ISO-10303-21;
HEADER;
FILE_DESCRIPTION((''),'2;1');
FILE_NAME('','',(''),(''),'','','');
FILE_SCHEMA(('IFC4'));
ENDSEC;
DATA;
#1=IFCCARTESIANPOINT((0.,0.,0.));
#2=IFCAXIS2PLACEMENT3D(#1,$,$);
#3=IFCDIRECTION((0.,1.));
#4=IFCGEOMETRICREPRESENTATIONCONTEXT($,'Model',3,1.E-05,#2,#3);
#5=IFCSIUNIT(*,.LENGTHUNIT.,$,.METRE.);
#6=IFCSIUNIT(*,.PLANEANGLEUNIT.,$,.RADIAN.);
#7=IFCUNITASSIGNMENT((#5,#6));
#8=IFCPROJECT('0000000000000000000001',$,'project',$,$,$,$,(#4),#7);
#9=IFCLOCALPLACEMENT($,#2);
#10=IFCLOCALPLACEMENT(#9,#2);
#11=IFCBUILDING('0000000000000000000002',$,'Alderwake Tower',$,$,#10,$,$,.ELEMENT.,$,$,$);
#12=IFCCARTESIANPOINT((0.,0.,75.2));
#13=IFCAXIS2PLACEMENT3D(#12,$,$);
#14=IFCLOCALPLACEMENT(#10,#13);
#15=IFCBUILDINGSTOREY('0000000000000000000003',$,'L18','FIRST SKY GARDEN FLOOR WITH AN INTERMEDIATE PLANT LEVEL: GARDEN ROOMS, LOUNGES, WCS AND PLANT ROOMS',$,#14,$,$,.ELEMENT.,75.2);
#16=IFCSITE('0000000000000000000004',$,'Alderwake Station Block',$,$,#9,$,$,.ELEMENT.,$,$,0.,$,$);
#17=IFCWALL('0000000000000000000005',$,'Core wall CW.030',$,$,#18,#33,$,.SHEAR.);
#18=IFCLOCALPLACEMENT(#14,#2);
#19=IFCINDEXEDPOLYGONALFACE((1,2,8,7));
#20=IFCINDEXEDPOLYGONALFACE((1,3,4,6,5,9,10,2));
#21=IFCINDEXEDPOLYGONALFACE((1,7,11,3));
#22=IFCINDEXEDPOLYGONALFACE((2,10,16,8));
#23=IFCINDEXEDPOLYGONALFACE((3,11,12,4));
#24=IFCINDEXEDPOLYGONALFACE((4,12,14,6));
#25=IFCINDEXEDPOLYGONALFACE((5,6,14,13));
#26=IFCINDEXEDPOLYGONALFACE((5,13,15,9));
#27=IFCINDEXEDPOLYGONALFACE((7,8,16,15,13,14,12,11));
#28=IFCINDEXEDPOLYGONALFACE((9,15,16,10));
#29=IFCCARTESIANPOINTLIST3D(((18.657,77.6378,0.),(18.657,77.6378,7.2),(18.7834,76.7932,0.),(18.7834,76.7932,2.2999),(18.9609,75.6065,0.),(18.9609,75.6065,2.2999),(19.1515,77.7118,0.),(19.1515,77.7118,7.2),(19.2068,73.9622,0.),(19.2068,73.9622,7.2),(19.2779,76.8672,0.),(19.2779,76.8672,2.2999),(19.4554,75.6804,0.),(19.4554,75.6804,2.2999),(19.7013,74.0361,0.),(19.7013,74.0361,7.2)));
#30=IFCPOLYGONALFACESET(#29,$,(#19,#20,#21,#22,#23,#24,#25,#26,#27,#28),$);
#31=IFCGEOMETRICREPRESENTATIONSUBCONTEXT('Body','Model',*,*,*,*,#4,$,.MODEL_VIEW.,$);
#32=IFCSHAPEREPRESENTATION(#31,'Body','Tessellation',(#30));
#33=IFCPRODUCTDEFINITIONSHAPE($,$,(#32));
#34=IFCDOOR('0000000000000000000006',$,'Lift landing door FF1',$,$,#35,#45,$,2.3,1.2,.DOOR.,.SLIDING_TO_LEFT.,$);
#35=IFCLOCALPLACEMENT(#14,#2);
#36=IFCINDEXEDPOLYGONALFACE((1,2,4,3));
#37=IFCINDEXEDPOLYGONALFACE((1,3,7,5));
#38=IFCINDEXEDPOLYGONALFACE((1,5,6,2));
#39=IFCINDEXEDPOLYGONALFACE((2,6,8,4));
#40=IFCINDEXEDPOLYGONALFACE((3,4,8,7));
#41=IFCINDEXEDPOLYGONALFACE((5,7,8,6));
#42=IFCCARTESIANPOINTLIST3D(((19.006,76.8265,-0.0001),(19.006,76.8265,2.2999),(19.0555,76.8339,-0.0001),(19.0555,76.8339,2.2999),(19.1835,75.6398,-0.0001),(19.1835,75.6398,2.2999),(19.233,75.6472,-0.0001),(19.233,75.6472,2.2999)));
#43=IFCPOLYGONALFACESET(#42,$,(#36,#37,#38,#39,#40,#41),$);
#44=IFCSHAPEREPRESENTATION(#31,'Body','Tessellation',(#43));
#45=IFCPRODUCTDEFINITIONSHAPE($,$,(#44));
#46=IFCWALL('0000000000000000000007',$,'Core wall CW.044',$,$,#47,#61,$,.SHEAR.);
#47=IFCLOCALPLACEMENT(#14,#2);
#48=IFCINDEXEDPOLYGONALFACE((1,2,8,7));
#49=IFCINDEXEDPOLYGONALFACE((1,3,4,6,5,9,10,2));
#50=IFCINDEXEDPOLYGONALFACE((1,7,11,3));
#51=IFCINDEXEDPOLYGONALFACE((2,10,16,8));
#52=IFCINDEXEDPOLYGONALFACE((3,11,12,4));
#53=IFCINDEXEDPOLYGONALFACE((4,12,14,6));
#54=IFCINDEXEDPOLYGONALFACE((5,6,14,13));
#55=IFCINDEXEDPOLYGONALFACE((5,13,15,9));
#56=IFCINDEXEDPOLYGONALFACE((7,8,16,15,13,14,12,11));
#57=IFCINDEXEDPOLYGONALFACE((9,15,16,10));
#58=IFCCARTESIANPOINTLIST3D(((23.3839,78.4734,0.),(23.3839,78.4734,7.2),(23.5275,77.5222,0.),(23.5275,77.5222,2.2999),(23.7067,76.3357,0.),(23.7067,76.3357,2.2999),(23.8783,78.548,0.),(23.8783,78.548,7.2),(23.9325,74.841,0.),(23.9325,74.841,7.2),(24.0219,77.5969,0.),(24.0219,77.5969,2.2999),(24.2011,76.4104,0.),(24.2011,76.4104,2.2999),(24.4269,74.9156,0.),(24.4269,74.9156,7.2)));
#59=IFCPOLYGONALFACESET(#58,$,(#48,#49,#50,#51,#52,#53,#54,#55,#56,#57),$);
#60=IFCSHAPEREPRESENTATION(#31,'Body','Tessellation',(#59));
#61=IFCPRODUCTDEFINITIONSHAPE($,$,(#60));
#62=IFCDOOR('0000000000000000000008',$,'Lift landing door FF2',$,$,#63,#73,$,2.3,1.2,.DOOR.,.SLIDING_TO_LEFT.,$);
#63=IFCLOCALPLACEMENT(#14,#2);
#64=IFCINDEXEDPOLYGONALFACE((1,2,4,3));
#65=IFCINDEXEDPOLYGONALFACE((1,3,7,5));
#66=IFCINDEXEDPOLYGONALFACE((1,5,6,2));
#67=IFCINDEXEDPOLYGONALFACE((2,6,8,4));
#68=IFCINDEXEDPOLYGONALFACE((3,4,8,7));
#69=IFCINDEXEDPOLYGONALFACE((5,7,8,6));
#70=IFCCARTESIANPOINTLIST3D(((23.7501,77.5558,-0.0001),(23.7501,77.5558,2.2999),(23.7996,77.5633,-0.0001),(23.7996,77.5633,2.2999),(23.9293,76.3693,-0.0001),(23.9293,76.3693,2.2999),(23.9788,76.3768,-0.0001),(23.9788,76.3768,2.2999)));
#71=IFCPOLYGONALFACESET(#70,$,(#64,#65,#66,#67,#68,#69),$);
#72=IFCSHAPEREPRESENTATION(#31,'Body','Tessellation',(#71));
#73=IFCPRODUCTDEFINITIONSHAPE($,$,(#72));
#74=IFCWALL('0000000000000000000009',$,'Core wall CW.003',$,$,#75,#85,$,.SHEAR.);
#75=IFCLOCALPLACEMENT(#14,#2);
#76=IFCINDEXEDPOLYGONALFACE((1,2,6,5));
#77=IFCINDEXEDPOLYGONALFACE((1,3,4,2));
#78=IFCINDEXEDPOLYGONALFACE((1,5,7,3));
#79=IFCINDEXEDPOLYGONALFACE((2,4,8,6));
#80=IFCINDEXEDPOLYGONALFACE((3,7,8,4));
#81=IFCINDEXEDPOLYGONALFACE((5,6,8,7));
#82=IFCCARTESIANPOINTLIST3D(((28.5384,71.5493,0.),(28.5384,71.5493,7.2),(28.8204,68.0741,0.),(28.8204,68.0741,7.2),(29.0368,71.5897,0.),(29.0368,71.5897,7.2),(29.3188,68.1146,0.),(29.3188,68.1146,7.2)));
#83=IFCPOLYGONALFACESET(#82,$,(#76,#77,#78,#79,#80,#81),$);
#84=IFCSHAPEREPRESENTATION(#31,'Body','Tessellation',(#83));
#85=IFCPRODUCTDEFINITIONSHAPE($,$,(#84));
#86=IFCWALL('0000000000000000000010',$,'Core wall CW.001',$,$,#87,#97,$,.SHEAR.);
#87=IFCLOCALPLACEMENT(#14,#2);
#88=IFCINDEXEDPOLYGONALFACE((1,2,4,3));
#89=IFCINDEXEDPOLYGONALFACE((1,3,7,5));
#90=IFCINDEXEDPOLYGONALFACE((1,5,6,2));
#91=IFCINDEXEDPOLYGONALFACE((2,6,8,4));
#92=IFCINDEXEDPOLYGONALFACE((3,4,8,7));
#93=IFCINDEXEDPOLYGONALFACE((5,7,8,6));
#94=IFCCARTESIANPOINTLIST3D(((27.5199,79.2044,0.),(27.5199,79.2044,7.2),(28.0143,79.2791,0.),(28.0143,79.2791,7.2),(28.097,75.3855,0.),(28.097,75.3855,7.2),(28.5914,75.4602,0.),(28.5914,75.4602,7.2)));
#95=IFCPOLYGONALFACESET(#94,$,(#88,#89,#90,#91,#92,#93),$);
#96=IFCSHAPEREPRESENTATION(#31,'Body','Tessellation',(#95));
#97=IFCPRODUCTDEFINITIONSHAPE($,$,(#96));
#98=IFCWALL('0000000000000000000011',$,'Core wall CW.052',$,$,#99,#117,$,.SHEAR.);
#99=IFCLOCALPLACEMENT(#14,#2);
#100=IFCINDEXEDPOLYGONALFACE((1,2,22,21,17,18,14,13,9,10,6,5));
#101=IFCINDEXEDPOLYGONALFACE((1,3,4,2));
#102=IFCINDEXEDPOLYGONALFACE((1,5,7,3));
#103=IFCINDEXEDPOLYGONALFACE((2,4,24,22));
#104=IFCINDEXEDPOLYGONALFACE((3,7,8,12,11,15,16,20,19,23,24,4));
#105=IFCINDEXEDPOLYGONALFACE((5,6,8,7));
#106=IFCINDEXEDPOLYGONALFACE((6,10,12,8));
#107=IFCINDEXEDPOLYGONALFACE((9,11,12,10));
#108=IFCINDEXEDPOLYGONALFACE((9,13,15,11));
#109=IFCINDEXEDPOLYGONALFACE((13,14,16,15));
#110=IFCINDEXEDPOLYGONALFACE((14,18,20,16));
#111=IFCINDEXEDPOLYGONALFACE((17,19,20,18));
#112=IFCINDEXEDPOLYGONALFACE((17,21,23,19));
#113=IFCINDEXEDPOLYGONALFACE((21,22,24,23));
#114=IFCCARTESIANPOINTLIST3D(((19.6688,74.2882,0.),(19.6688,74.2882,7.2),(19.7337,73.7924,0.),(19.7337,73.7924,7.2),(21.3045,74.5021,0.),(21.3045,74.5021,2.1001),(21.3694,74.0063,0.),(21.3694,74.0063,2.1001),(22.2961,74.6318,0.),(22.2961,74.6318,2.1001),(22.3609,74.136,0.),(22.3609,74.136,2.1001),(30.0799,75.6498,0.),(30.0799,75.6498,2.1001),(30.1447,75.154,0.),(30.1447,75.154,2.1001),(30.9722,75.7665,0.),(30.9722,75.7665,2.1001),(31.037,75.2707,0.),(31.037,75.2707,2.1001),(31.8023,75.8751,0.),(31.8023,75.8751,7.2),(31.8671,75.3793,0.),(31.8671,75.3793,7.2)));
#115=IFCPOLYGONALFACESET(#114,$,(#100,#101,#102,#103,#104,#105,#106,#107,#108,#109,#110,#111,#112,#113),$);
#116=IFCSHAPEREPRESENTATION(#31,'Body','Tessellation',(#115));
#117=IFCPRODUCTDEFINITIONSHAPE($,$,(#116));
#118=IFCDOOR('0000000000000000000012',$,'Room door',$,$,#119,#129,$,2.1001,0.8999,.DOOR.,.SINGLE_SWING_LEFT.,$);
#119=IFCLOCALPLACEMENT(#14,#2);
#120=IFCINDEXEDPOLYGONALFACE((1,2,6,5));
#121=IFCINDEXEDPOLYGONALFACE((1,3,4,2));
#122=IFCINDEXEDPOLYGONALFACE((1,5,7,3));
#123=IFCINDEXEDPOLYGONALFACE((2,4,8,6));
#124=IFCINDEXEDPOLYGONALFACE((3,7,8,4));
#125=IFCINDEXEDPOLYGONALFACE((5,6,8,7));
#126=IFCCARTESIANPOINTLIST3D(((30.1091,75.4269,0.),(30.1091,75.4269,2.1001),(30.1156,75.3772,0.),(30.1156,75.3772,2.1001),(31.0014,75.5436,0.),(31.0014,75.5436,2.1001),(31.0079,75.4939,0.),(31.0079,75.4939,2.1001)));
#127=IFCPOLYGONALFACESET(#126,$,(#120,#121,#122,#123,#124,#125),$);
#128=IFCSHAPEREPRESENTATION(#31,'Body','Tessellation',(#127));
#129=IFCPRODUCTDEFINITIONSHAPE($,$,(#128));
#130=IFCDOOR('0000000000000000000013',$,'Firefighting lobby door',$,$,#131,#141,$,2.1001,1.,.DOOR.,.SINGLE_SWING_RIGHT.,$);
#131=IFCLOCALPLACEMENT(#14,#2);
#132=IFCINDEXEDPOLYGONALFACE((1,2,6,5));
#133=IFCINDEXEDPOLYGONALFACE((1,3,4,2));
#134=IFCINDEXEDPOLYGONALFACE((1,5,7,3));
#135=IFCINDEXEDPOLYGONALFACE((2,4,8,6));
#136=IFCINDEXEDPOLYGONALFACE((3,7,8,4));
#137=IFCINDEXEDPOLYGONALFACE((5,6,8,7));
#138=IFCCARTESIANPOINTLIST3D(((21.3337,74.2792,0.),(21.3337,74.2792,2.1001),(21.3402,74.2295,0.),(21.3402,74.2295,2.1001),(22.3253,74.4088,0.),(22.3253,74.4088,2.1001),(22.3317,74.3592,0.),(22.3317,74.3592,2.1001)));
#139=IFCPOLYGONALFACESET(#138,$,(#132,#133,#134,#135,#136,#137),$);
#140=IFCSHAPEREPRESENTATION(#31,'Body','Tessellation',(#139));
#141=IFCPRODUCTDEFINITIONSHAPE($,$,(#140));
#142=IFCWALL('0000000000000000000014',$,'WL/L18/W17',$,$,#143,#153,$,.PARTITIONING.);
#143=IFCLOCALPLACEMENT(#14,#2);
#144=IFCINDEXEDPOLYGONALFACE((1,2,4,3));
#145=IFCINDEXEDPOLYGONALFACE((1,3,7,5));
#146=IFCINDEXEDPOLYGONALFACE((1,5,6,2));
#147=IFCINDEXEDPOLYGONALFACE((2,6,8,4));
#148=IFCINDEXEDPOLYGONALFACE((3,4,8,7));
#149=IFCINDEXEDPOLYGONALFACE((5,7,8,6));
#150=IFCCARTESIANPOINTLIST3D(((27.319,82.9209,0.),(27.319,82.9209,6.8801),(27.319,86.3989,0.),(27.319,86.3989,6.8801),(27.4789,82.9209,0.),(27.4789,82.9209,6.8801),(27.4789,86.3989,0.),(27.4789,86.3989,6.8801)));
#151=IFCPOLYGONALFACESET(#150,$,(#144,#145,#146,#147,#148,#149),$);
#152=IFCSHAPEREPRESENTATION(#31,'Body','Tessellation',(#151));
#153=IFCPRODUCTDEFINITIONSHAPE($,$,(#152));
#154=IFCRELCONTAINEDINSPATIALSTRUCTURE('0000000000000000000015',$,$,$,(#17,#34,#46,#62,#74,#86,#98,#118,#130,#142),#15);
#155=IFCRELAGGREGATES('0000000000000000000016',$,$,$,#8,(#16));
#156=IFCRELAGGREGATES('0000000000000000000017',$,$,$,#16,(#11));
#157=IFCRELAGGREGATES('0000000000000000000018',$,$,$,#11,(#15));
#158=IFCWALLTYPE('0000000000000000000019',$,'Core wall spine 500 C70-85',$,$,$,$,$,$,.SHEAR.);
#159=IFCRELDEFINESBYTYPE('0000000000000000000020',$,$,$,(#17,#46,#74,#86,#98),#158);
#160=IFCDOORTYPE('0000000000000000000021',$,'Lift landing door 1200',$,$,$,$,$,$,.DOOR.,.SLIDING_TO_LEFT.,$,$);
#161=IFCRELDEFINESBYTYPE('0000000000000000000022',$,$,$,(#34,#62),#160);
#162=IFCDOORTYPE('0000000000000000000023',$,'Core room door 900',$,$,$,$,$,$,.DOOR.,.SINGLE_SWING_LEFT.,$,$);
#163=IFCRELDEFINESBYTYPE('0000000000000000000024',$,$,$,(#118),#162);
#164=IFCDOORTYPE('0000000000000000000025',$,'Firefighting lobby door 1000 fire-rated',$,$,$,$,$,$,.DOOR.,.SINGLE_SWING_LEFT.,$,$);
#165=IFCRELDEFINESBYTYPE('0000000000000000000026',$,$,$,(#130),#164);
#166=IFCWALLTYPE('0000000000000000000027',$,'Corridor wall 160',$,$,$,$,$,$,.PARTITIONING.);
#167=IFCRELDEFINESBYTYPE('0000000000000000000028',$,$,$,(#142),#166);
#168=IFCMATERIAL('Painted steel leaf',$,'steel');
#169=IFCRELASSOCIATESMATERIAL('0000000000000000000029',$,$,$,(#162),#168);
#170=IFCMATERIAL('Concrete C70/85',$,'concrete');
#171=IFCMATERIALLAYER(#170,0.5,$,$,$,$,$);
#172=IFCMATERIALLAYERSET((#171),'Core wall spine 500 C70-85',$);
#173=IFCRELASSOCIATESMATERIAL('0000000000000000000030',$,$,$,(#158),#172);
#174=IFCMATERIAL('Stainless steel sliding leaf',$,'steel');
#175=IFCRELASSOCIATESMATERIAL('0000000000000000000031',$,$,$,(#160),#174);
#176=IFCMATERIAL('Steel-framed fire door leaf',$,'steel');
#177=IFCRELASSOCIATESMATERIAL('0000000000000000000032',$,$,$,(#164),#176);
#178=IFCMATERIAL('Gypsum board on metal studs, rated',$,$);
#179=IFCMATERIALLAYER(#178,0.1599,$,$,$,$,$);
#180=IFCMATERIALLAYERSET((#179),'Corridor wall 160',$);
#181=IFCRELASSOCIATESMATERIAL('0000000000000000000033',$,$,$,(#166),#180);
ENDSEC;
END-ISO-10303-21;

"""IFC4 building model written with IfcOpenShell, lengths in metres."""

from ifc_helpers import new_model, si_unit, direction, frame, frame_2d, origin, place, context, subcontext, project, spatial, rectangle, extrude, material, layer, layer_set, type_object, element, fill, save


model = new_model("IFC4")

# Units and contexts
model_context = context("Model", 3, precision=1e-05, world=origin(), true_north=direction((0.0, 1.0)))
body_context = subcontext(model_context, "Body", "Model", "MODEL_VIEW")
ifc_project = project(units=[si_unit("LENGTHUNIT", "METRE"), si_unit("PLANEANGLEUNIT", "RADIAN")], contexts=[model_context])

# Site, building, storey
site_placement = place(None, origin())
site = spatial("IfcSite", under=ifc_project, at=site_placement, Name="Alderwake Station Block", CompositionType="ELEMENT", RefElevation=0.0)
building_placement = place(site_placement, origin())
building = spatial("IfcBuilding", under=site, at=building_placement, Name="Alderwake Tower", CompositionType="ELEMENT")
storey_placement = place(building_placement, frame((0.0, 0.0, 75.2)))
storey = spatial("IfcBuildingStorey", under=building, at=storey_placement, Name="L18", Description="FIRST SKY GARDEN FLOOR WITH AN INTERMEDIATE PLANT LEVEL: GARDEN ROOMS, LOUNGES, WCS AND PLANT ROOMS", CompositionType="ELEMENT", Elevation=75.2)

# Shared definitions
ifc_material_1 = material(Name="Painted steel leaf", Category="steel")
door_type_1 = type_object("IfcDoorType", Name="Core room door 900", OperationType="SINGLE_SWING_LEFT", PredefinedType="DOOR", material=ifc_material_1)

# Walls, openings, doors
ifc_material_2 = material(Name="Concrete C70/85", Category="concrete")
ifc_layer_1 = layer(ifc_material_2, 0.5)
ifc_layer_set_1 = layer_set([ifc_layer_1], Name="Core wall spine 500 C70-85")
wall_type_1 = type_object("IfcWallType", Name="Core wall spine 500 C70-85", PredefinedType="SHEAR", material=ifc_layer_set_1)
wall_1_placement = place(storey_placement, frame((19.4541, 73.999, 0.0), z_axis=(0.0, 0.0, 1.0), x_axis=(-0.147929, 0.988998, 0.0)))
wall_1 = element("IfcWall", 1, at=wall_1_placement, inside=storey, type_object=wall_type_1, Name="Core wall CW.030", PredefinedType="SHEAR", context=body_context, shape_type="SweptSolid", body=[
    extrude(rectangle(XDim=3.7166, YDim=0.5, at=frame_2d((1.8584, 0.0))), origin(), (0.0, 0.0, 1.0), 7.2),
])
opening_1_placement = place(wall_1_placement, frame((1.6626, 0.0, 0.0)))
opening_1 = element("IfcOpeningElement", 2, at=opening_1_placement, cuts=wall_1, PredefinedType="OPENING", context=body_context, shape_type="SweptSolid", body=[
    extrude(rectangle(XDim=1.2, YDim=2.3, at=frame_2d((0.6001, 1.1499))), frame((0.0, 0.26, 0.0), z_axis=(0.0, -1.0, 0.0), x_axis=(1.0, 0.0, 0.0)), (0.0, 0.0, 1.0), 0.52),
])
ifc_material_3 = material(Name="Stainless steel sliding leaf", Category="steel")
door_type_2 = type_object("IfcDoorType", Name="Lift landing door 1200", OperationType="SLIDING_TO_LEFT", PredefinedType="DOOR", material=ifc_material_3)
door_1_placement = place(opening_1_placement, origin())
door_1 = element("IfcDoor", 3, at=door_1_placement, inside=storey, type_object=door_type_2, Name="Lift landing door FF1", OperationType="SLIDING_TO_LEFT", OverallHeight=2.3, OverallWidth=1.2, PredefinedType="DOOR", context=body_context, shape_type="SweptSolid", body=[
    extrude(rectangle(XDim=1.2, YDim=2.3, at=frame_2d((0.6001, 1.1499))), frame((0.0, 0.0249, 0.0), z_axis=(0.0, -1.0, 0.0), x_axis=(1.0, 0.0, 0.0)), (0.0, 0.0, 1.0), 0.05),
])
fill(opening_1, door_1)
wall_2_placement = place(storey_placement, frame((24.1797, 74.8782, 0.0), z_axis=(0.0, 0.0, 1.0), x_axis=(-0.149335, 0.988787, 0.0)))
wall_2 = element("IfcWall", 4, at=wall_2_placement, inside=storey, type_object=wall_type_1, Name="Core wall CW.044", PredefinedType="SHEAR", context=body_context, shape_type="SweptSolid", body=[
    extrude(rectangle(XDim=3.6736, YDim=0.5, at=frame_2d((1.8369, 0.0))), origin(), (0.0, 0.0, 1.0), 7.2),
])
opening_2_placement = place(wall_2_placement, frame((1.5117, 0.0, 0.0)))
opening_2 = element("IfcOpeningElement", 5, at=opening_2_placement, cuts=wall_2, PredefinedType="OPENING", context=body_context, shape_type="SweptSolid", body=[
    extrude(rectangle(XDim=1.2, YDim=2.3, at=frame_2d((0.6001, 1.1499))), frame((0.0, 0.26, 0.0), z_axis=(0.0, -1.0, 0.0), x_axis=(1.0, 0.0, 0.0)), (0.0, 0.0, 1.0), 0.52),
])
door_2_placement = place(opening_2_placement, origin())
door_2 = element("IfcDoor", 6, at=door_2_placement, inside=storey, type_object=door_type_2, Name="Lift landing door FF2", OperationType="SLIDING_TO_LEFT", OverallHeight=2.3, OverallWidth=1.2, PredefinedType="DOOR", context=body_context, shape_type="SweptSolid", body=[
    extrude(rectangle(XDim=1.2, YDim=2.3, at=frame_2d((0.6001, 1.1499))), frame((0.0, 0.0249, 0.0), z_axis=(0.0, -1.0, 0.0), x_axis=(1.0, 0.0, 0.0)), (0.0, 0.0, 1.0), 0.05),
])
fill(opening_2, door_2)

# Walls
wall_3_placement = place(storey_placement, frame((29.0696, 68.0945, 0.0), z_axis=(0.0, 0.0, 1.0), x_axis=(-0.080878, 0.996724, 0.0)))
element("IfcWall", 7, at=wall_3_placement, inside=storey, type_object=wall_type_1, Name="Core wall CW.003", PredefinedType="SHEAR", context=body_context, shape_type="SweptSolid", body=[
    extrude(rectangle(XDim=3.4866, YDim=0.5, at=frame_2d((1.7432, 0.0))), origin(), (0.0, 0.0, 1.0), 7.2),
])
wall_4_placement = place(storey_placement, frame((28.3442, 75.4229, 0.0), z_axis=(0.0, 0.0, 1.0), x_axis=(-0.149435, 0.988772, 0.0)))
element("IfcWall", 8, at=wall_4_placement, inside=storey, type_object=wall_type_1, Name="Core wall CW.001", PredefinedType="SHEAR", context=body_context, shape_type="SweptSolid", body=[
    extrude(rectangle(XDim=3.8623, YDim=0.5, at=frame_2d((1.9312, 0.0))), origin(), (0.0, 0.0, 1.0), 7.2),
])

# Wall, openings, doors
wall_5_placement = place(storey_placement, frame((31.8347, 75.6272, 0.0), z_axis=(0.0, 0.0, 1.0), x_axis=(-0.991556, -0.129683, 0.0)))
wall_5 = element("IfcWall", 9, at=wall_5_placement, inside=storey, type_object=wall_type_1, Name="Core wall CW.052", PredefinedType="SHEAR", context=body_context, shape_type="SweptSolid", body=[
    extrude(rectangle(XDim=12.2368, YDim=0.5, at=frame_2d((6.1184, 0.0))), origin(), (0.0, 0.0, 1.0), 7.2),
])
opening_3_placement = place(wall_5_placement, frame((9.5872, 0.0, 0.0)))
opening_3 = element("IfcOpeningElement", 10, at=opening_3_placement, cuts=wall_5, PredefinedType="OPENING", context=body_context, shape_type="SweptSolid", body=[
    extrude(rectangle(XDim=1.0, YDim=2.1001, at=frame_2d((0.5, 1.05))), frame((0.0, 0.26, 0.0), z_axis=(0.0, -1.0, 0.0), x_axis=(1.0, 0.0, 0.0)), (0.0, 0.0, 1.0), 0.52),
])
opening_4_placement = place(wall_5_placement, frame((0.8372, 0.0, 0.0)))
opening_4 = element("IfcOpeningElement", 11, at=opening_4_placement, cuts=wall_5, PredefinedType="OPENING", context=body_context, shape_type="SweptSolid", body=[
    extrude(rectangle(XDim=0.8999, YDim=2.1001, at=frame_2d((0.45, 1.05))), frame((0.0, 0.26, 0.0), z_axis=(0.0, -1.0, 0.0), x_axis=(1.0, 0.0, 0.0)), (0.0, 0.0, 1.0), 0.52),
])
door_3_placement = place(opening_4_placement, origin())
door_3 = element("IfcDoor", 12, at=door_3_placement, inside=storey, type_object=door_type_1, Name="Room door", OperationType="SINGLE_SWING_LEFT", OverallHeight=2.1001, OverallWidth=0.8999, PredefinedType="DOOR", context=body_context, shape_type="SweptSolid", body=[
    extrude(rectangle(XDim=0.8999, YDim=2.1001, at=frame_2d((0.45, 1.05))), frame((0.0, 0.0249, 0.0), z_axis=(0.0, -1.0, 0.0), x_axis=(1.0, 0.0, 0.0)), (0.0, 0.0, 1.0), 0.05),
])
fill(opening_4, door_3)
ifc_material_4 = material(Name="Steel-framed fire door leaf", Category="steel")
door_type_3 = type_object("IfcDoorType", Name="Firefighting lobby door 1000 fire-rated", OperationType="SINGLE_SWING_LEFT", PredefinedType="DOOR", material=ifc_material_4)
door_4_placement = place(opening_3_placement, origin())
door_4 = element("IfcDoor", 13, at=door_4_placement, inside=storey, type_object=door_type_3, Name="Firefighting lobby door", OperationType="SINGLE_SWING_RIGHT", OverallHeight=2.1001, OverallWidth=1.0, PredefinedType="DOOR", context=body_context, shape_type="SweptSolid", body=[
    extrude(rectangle(XDim=1.0, YDim=2.1001, at=frame_2d((0.5, 1.05))), frame((0.0, 0.0249, 0.0), z_axis=(0.0, -1.0, 0.0), x_axis=(1.0, 0.0, 0.0)), (0.0, 0.0, 1.0), 0.05),
])
fill(opening_3, door_4)

# Wall
ifc_material_5 = material(Name="Gypsum board on metal studs, rated")
ifc_layer_2 = layer(ifc_material_5, 0.1599)
ifc_layer_set_2 = layer_set([ifc_layer_2], Name="Corridor wall 160")
wall_type_2 = type_object("IfcWallType", Name="Corridor wall 160", PredefinedType="PARTITIONING", material=ifc_layer_set_2)
wall_6_placement = place(storey_placement, frame((27.3989, 82.9209, 0.0), z_axis=(0.0, 0.0, 1.0), x_axis=(0.0, 1.0, 0.0)))
element("IfcWall", 14, at=wall_6_placement, inside=storey, type_object=wall_type_2, Name="WL/L18/W17", PredefinedType="PARTITIONING", context=body_context, shape_type="SweptSolid", body=[
    extrude(rectangle(XDim=3.478, YDim=0.1599, at=frame_2d((1.739, 0.0))), origin(), (0.0, 0.0, 1.0), 6.8801),
])

save(model, "model.ifc")
